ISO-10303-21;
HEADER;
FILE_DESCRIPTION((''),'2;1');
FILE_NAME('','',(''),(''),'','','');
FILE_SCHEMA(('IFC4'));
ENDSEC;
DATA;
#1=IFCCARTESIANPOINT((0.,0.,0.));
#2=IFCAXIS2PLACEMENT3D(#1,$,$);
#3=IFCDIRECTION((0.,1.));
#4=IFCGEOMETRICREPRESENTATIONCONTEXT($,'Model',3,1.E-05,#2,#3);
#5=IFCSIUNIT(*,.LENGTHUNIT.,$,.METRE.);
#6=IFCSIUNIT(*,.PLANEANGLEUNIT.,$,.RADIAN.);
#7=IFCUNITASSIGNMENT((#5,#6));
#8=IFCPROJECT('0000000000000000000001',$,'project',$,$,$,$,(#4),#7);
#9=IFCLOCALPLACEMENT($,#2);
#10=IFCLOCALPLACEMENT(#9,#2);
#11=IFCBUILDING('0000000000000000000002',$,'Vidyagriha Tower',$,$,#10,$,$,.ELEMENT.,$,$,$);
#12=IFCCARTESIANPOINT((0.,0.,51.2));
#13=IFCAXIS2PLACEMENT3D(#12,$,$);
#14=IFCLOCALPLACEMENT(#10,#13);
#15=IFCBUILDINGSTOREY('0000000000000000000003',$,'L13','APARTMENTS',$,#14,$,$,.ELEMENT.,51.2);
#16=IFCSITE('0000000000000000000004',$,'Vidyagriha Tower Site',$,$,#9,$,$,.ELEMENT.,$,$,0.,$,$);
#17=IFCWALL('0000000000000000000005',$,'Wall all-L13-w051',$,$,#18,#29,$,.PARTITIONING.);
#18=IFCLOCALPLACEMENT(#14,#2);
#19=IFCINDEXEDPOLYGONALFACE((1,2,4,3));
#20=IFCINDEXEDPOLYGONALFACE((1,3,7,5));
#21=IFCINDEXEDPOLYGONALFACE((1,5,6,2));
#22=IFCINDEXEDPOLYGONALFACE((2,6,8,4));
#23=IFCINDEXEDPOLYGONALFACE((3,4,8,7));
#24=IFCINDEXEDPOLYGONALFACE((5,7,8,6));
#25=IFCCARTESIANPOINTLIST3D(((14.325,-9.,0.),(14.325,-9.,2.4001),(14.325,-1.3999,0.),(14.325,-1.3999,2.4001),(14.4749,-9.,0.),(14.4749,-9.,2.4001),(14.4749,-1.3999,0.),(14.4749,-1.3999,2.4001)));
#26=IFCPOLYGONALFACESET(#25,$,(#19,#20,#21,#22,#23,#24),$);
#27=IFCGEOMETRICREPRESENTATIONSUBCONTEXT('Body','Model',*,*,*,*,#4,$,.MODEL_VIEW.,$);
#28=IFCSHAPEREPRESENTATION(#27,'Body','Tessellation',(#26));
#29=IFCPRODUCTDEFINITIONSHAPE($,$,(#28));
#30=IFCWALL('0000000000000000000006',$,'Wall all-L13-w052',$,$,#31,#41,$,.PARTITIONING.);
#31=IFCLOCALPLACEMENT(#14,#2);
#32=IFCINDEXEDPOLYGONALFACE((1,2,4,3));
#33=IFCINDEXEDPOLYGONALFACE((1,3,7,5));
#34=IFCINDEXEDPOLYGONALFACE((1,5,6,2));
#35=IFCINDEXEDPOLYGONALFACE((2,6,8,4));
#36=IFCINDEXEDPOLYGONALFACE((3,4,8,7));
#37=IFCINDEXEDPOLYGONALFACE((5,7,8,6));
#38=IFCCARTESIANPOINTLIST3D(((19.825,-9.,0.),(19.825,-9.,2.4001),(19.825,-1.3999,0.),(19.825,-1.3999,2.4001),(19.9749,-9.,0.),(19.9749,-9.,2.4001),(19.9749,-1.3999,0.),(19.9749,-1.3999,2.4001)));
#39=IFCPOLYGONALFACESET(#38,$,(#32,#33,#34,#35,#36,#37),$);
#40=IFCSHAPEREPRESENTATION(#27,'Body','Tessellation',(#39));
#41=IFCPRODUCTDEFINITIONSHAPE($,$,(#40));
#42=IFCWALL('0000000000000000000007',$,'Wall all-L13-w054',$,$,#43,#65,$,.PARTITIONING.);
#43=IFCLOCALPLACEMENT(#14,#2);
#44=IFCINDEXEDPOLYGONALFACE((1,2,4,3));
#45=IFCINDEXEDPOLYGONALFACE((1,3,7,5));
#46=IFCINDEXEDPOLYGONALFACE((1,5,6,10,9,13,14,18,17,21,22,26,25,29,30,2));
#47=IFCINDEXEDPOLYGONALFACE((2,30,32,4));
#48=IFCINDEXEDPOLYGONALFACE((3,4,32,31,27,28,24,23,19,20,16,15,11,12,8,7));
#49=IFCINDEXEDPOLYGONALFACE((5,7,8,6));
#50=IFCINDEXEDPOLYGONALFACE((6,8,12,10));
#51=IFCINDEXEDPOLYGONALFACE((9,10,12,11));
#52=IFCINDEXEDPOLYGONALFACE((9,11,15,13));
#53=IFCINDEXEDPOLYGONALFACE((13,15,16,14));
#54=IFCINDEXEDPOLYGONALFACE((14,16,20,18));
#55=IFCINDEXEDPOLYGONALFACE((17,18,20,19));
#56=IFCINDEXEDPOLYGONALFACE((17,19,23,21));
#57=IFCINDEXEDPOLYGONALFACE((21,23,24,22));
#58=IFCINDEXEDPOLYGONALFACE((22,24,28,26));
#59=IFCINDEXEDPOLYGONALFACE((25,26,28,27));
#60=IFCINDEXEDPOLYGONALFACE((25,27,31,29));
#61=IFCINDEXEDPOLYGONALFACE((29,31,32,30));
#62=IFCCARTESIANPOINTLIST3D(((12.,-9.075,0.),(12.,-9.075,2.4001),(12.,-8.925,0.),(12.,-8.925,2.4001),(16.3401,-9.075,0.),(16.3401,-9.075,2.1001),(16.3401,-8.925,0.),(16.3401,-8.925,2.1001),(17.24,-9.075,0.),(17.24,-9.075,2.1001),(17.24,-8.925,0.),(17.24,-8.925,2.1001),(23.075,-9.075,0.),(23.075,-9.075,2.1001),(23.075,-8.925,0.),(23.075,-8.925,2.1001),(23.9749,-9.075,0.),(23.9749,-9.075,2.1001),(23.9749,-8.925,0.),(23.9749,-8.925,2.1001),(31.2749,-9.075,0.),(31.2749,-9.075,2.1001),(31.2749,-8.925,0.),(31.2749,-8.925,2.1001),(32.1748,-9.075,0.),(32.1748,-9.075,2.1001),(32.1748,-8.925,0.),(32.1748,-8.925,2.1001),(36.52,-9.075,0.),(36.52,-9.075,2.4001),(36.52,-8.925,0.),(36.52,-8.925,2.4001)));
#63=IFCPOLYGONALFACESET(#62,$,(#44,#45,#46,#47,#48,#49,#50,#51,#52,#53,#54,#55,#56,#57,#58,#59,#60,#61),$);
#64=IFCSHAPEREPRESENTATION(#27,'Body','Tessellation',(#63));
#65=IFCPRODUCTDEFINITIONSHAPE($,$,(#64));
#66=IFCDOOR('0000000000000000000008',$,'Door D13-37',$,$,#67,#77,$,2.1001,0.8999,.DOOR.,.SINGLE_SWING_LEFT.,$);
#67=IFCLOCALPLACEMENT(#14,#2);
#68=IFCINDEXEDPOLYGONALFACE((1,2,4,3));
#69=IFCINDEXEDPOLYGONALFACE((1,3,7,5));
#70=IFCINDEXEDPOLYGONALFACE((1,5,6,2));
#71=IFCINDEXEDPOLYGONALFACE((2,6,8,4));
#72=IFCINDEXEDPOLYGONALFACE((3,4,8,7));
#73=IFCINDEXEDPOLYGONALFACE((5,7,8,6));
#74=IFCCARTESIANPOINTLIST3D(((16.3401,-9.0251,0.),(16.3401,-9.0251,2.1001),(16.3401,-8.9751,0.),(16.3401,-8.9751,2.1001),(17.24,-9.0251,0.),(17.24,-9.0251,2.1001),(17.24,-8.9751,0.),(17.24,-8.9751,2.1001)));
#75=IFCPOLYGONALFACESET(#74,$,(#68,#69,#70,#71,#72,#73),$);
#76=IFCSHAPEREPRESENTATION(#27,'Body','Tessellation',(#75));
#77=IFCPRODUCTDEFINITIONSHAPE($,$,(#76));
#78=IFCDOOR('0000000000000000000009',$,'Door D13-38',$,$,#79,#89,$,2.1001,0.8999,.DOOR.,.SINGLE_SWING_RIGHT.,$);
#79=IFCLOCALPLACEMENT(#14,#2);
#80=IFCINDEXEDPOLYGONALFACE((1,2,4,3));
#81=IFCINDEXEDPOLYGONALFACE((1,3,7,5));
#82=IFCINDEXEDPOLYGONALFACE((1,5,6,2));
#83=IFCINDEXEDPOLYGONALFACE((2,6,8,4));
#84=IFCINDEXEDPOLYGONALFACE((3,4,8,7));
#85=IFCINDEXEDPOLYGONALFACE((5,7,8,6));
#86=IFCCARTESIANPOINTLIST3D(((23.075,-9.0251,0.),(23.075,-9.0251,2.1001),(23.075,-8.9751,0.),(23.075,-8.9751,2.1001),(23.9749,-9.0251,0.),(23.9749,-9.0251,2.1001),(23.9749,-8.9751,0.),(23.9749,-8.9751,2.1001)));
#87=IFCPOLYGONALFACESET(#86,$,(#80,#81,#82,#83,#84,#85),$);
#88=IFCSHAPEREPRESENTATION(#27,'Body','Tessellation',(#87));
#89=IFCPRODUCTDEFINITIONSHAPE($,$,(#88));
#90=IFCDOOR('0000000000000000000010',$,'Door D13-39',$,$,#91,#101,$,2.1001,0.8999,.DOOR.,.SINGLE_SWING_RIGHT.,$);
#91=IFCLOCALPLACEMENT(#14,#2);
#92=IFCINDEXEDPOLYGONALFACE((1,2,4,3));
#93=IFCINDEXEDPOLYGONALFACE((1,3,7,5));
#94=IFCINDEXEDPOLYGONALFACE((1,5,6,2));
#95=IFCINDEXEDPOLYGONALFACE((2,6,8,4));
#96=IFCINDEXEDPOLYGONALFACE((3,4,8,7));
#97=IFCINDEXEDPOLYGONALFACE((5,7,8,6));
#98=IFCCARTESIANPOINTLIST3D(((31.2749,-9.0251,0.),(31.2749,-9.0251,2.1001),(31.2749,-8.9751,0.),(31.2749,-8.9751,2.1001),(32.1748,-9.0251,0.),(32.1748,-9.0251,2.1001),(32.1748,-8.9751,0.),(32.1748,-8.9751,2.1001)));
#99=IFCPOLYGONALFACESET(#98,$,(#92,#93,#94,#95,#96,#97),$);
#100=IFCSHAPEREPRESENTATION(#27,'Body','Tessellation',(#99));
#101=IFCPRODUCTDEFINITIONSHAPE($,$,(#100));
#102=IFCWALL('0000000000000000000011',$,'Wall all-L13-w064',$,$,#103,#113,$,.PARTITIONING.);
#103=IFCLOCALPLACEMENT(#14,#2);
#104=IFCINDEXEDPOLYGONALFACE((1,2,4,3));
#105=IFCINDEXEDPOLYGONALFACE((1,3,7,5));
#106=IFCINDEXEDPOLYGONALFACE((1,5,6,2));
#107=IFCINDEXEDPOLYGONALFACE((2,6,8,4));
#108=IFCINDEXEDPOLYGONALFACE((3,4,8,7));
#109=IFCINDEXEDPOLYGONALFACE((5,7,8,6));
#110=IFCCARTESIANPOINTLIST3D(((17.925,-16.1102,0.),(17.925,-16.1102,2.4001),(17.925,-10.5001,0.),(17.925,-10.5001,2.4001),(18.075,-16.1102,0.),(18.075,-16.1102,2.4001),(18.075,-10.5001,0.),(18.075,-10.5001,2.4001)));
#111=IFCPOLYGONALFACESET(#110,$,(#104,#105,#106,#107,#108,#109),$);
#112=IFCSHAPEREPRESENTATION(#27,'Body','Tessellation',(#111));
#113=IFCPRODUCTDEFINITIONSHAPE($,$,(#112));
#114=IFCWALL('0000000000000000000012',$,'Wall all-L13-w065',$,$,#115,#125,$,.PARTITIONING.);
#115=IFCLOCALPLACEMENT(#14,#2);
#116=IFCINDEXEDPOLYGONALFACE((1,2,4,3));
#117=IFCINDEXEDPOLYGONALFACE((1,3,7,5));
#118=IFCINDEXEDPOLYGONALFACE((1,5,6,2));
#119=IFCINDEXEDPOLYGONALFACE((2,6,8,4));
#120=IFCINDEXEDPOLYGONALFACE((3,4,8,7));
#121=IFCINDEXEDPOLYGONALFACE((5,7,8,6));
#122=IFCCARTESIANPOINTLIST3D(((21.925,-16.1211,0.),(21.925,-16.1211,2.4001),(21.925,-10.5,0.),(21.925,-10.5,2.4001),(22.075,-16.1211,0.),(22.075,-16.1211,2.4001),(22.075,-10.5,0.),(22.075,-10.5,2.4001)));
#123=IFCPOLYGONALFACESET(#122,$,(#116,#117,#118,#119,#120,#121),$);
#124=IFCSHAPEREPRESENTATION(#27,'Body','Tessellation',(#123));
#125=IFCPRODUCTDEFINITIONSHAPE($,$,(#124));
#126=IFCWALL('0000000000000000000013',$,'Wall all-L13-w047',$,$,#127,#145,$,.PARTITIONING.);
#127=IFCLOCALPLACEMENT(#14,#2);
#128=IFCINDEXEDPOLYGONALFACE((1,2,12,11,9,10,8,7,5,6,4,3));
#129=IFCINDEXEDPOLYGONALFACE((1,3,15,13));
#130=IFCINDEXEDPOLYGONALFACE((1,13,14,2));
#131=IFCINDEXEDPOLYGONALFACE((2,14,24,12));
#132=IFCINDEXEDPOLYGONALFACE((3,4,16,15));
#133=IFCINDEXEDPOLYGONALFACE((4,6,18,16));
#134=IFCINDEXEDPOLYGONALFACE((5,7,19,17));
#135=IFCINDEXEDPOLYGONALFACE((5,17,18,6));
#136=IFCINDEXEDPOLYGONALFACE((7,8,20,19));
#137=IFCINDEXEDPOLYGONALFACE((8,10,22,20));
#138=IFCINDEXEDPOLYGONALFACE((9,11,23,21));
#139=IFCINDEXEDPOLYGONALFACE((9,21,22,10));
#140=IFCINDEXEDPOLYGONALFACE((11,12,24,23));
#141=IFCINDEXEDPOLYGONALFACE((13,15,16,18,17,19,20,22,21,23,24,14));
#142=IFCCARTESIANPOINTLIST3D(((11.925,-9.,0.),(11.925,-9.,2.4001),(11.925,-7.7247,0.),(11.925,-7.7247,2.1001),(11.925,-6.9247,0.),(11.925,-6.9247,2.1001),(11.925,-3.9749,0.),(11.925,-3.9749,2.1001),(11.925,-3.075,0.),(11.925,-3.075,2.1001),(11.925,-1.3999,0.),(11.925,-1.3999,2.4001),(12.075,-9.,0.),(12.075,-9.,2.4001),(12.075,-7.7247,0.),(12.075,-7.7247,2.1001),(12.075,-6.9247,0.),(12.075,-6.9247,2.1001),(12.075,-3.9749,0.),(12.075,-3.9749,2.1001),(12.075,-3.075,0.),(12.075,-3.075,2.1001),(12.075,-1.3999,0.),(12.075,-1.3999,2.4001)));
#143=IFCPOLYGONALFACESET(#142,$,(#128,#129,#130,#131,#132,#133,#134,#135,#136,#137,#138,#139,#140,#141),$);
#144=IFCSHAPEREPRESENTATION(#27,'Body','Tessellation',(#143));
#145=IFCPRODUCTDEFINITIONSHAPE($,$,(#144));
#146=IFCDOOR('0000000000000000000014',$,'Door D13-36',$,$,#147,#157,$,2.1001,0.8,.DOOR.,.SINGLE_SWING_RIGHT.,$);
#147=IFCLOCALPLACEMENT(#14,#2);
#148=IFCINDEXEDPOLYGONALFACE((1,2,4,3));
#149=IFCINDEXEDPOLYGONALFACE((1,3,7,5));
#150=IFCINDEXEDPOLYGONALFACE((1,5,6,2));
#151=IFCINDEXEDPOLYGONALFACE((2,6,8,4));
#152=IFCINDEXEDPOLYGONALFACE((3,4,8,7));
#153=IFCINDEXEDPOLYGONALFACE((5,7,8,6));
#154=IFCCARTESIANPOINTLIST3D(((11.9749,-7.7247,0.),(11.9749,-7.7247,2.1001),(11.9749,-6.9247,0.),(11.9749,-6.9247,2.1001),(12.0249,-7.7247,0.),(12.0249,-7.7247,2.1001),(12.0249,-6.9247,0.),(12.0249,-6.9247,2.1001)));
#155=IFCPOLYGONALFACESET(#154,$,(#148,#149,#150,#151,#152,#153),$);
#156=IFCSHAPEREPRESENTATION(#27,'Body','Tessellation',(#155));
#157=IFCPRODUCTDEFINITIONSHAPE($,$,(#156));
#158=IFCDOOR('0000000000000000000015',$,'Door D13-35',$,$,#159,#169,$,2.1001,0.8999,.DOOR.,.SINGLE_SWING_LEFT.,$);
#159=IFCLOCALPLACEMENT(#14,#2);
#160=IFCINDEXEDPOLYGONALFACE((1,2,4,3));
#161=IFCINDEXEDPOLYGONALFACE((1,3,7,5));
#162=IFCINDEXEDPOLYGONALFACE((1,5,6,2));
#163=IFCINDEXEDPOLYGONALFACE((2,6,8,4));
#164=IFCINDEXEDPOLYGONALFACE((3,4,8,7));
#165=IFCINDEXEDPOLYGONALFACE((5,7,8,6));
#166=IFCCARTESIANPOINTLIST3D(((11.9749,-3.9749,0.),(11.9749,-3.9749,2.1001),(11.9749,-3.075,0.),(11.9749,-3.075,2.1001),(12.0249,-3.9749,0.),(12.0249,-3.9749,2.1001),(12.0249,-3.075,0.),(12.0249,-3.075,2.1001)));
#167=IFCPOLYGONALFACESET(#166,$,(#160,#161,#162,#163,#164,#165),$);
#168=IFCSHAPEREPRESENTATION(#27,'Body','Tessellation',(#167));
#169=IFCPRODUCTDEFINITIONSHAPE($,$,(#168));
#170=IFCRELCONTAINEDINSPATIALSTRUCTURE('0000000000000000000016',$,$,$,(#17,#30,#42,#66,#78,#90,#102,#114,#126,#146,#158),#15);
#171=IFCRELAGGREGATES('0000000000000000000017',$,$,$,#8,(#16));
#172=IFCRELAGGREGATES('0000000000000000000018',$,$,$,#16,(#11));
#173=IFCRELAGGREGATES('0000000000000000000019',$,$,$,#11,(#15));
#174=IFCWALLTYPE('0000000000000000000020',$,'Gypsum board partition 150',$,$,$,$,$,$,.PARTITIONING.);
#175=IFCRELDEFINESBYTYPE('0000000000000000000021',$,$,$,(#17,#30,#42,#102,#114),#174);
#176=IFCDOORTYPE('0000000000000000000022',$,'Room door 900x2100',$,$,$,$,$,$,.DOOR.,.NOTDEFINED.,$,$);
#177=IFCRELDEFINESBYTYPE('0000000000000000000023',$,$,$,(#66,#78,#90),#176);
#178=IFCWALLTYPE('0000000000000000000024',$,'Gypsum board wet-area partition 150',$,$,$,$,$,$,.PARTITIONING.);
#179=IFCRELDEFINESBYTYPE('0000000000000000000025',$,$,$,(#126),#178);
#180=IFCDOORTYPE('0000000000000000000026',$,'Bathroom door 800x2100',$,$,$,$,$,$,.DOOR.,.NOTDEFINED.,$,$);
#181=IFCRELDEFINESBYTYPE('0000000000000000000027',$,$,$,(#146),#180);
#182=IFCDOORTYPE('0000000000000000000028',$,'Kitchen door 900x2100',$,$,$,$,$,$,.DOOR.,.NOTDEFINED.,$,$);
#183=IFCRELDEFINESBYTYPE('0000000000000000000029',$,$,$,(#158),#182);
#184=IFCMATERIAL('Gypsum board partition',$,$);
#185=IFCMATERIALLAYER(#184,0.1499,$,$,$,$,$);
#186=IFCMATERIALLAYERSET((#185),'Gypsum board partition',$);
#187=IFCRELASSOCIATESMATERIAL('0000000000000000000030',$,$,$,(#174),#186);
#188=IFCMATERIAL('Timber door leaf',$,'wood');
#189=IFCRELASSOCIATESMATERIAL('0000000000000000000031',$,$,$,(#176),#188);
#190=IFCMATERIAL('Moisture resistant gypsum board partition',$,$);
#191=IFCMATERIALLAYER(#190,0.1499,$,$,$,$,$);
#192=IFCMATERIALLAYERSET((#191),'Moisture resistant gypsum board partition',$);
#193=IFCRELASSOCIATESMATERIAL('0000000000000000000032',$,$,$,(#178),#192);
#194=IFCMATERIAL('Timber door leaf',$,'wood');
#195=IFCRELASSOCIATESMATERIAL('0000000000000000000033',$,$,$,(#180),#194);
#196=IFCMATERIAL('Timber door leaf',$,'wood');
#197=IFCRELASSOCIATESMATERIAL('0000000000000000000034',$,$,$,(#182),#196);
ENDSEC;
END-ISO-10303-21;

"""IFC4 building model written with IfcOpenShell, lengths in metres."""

from ifc_helpers import new_model, si_unit, direction, frame, frame_2d, origin, place, context, subcontext, project, spatial, rectangle, extrude, material, layer, layer_set, type_object, element, fill, save


model = new_model("IFC4")

# Units and contexts
model_context = context("Model", 3, precision=1e-05, world=origin(), true_north=direction((0.0, 1.0)))
body_context = subcontext(model_context, "Body", "Model", "MODEL_VIEW")
ifc_project = project(units=[si_unit("LENGTHUNIT", "METRE"), si_unit("PLANEANGLEUNIT", "RADIAN")], contexts=[model_context])

# Site, building, storey
site_placement = place(None, origin())
site = spatial("IfcSite", under=ifc_project, at=site_placement, Name="Vidyagriha Tower Site", CompositionType="ELEMENT", RefElevation=0.0)
building_placement = place(site_placement, origin())
building = spatial("IfcBuilding", under=site, at=building_placement, Name="Vidyagriha Tower", CompositionType="ELEMENT")
storey_placement = place(building_placement, frame((0.0, 0.0, 51.2)))
storey = spatial("IfcBuildingStorey", under=building, at=storey_placement, Name="L13", Description="APARTMENTS", CompositionType="ELEMENT", Elevation=51.2)

# Walls
ifc_material_1 = material(Name="Gypsum board partition")
ifc_layer_1 = layer(ifc_material_1, 0.1499)
ifc_layer_set_1 = layer_set([ifc_layer_1], Name="Gypsum board partition")
wall_type_1 = type_object("IfcWallType", Name="Gypsum board partition 150", PredefinedType="PARTITIONING", material=ifc_layer_set_1)
for number, where, z_axis, x_axis, name in (
    (1, (14.3999, -1.3999, 0.0), (0.0, 0.0, 1.0), (0.0, -1.0, 0.0), "Wall all-L13-w051"),
    (2, (19.8999, -1.3999, 0.0), (0.0, 0.0, 1.0), (0.0, -1.0, 0.0), "Wall all-L13-w052"),
):
    element("IfcWall", number, at=place(storey_placement, frame(where, z_axis=z_axis, x_axis=x_axis)), inside=storey, type_object=wall_type_1, Name=name, PredefinedType="PARTITIONING", context=body_context, shape_type="SweptSolid", body=[
        extrude(rectangle(XDim=7.6001, YDim=0.1499, at=frame_2d((3.8, 0.0))), origin(), (0.0, 0.0, 1.0), 2.4001),
    ])

# Wall, openings, doors
wall_1_placement = place(storey_placement, frame((12.0, -9.0, 0.0)))
wall_1 = element("IfcWall", 3, at=wall_1_placement, inside=storey, type_object=wall_type_1, Name="Wall all-L13-w054", PredefinedType="PARTITIONING", context=body_context, shape_type="SweptSolid", body=[
    extrude(rectangle(XDim=24.52, YDim=0.1499, at=frame_2d((12.26, 0.0))), origin(), (0.0, 0.0, 1.0), 2.4001),
])
opening_1_placement = place(wall_1_placement, frame((4.3401, 0.0, 0.0)))
opening_1 = element("IfcOpeningElement", 4, at=opening_1_placement, cuts=wall_1, PredefinedType="OPENING", context=body_context, shape_type="SweptSolid", body=[
    extrude(rectangle(XDim=0.8999, YDim=2.1001, at=frame_2d((0.45, 1.05))), frame((0.0, 0.085, 0.0), z_axis=(0.0, -1.0, 0.0), x_axis=(1.0, 0.0, 0.0)), (0.0, 0.0, 1.0), 0.1699),
])
opening_2_placement = place(wall_1_placement, frame((11.075, 0.0, 0.0)))
opening_2 = element("IfcOpeningElement", 5, at=opening_2_placement, cuts=wall_1, PredefinedType="OPENING", context=body_context, shape_type="SweptSolid", body=[
    extrude(rectangle(XDim=0.8999, YDim=2.1001, at=frame_2d((0.45, 1.05))), frame((0.0, 0.085, 0.0), z_axis=(0.0, -1.0, 0.0), x_axis=(1.0, 0.0, 0.0)), (0.0, 0.0, 1.0), 0.1699),
])
opening_3_placement = place(wall_1_placement, frame((19.2749, 0.0, 0.0)))
opening_3 = element("IfcOpeningElement", 6, at=opening_3_placement, cuts=wall_1, PredefinedType="OPENING", context=body_context, shape_type="SweptSolid", body=[
    extrude(rectangle(XDim=0.8999, YDim=2.1001, at=frame_2d((0.45, 1.05))), frame((0.0, 0.085, 0.0), z_axis=(0.0, -1.0, 0.0), x_axis=(1.0, 0.0, 0.0)), (0.0, 0.0, 1.0), 0.1699),
])
ifc_material_2 = material(Name="Timber door leaf", Category="wood")
door_type_1 = type_object("IfcDoorType", Name="Room door 900x2100", OperationType="NOTDEFINED", PredefinedType="DOOR", material=ifc_material_2)
door_1_placement = place(opening_1_placement, origin())
door_1 = element("IfcDoor", 7, at=door_1_placement, inside=storey, type_object=door_type_1, Name="Door D13-37", OperationType="SINGLE_SWING_LEFT", OverallHeight=2.1001, OverallWidth=0.8999, PredefinedType="DOOR", context=body_context, shape_type="SweptSolid", body=[
    extrude(rectangle(XDim=0.8999, YDim=2.1001, at=frame_2d((0.45, 1.05))), frame((0.0, 0.0249, 0.0), z_axis=(0.0, -1.0, 0.0), x_axis=(1.0, 0.0, 0.0)), (0.0, 0.0, 1.0), 0.05),
])
fill(opening_1, door_1)
door_2_placement = place(opening_2_placement, origin())
door_2 = element("IfcDoor", 8, at=door_2_placement, inside=storey, type_object=door_type_1, Name="Door D13-38", OperationType="SINGLE_SWING_RIGHT", OverallHeight=2.1001, OverallWidth=0.8999, PredefinedType="DOOR", context=body_context, shape_type="SweptSolid", body=[
    extrude(rectangle(XDim=0.8999, YDim=2.1001, at=frame_2d((0.45, 1.05))), frame((0.0, 0.0249, 0.0), z_axis=(0.0, -1.0, 0.0), x_axis=(1.0, 0.0, 0.0)), (0.0, 0.0, 1.0), 0.05),
])
fill(opening_2, door_2)
door_3_placement = place(opening_3_placement, origin())
door_3 = element("IfcDoor", 9, at=door_3_placement, inside=storey, type_object=door_type_1, Name="Door D13-39", OperationType="SINGLE_SWING_RIGHT", OverallHeight=2.1001, OverallWidth=0.8999, PredefinedType="DOOR", context=body_context, shape_type="SweptSolid", body=[
    extrude(rectangle(XDim=0.8999, YDim=2.1001, at=frame_2d((0.45, 1.05))), frame((0.0, 0.0249, 0.0), z_axis=(0.0, -1.0, 0.0), x_axis=(1.0, 0.0, 0.0)), (0.0, 0.0, 1.0), 0.05),
])
fill(opening_3, door_3)

# Walls
wall_2_placement = place(storey_placement, frame((18.0, -10.5, 0.0), z_axis=(0.0, 0.0, 1.0), x_axis=(0.0, -1.0, 0.0)))
element("IfcWall", 10, at=wall_2_placement, inside=storey, type_object=wall_type_1, Name="Wall all-L13-w064", PredefinedType="PARTITIONING", context=body_context, shape_type="SweptSolid", body=[
    extrude(rectangle(XDim=5.6101, YDim=0.1499, at=frame_2d((2.8052, 0.0))), origin(), (0.0, 0.0, 1.0), 2.4001),
])
wall_3_placement = place(storey_placement, frame((22.0, -10.5, 0.0), z_axis=(0.0, 0.0, 1.0), x_axis=(0.0, -1.0, 0.0)))
element("IfcWall", 11, at=wall_3_placement, inside=storey, type_object=wall_type_1, Name="Wall all-L13-w065", PredefinedType="PARTITIONING", context=body_context, shape_type="SweptSolid", body=[
    extrude(rectangle(XDim=5.6211, YDim=0.1499, at=frame_2d((2.8105, 0.0))), origin(), (0.0, 0.0, 1.0), 2.4001),
])

# Wall, openings, doors
ifc_material_3 = material(Name="Moisture resistant gypsum board partition")
ifc_layer_2 = layer(ifc_material_3, 0.1499)
ifc_layer_set_2 = layer_set([ifc_layer_2], Name="Moisture resistant gypsum board partition")
wall_type_2 = type_object("IfcWallType", Name="Gypsum board wet-area partition 150", PredefinedType="PARTITIONING", material=ifc_layer_set_2)
wall_4_placement = place(storey_placement, frame((12.0, -1.3999, 0.0), z_axis=(0.0, 0.0, 1.0), x_axis=(0.0, -1.0, 0.0)))
wall_4 = element("IfcWall", 12, at=wall_4_placement, inside=storey, type_object=wall_type_2, Name="Wall all-L13-w047", PredefinedType="PARTITIONING", context=body_context, shape_type="SweptSolid", body=[
    extrude(rectangle(XDim=7.6001, YDim=0.1499, at=frame_2d((3.8, 0.0))), origin(), (0.0, 0.0, 1.0), 2.4001),
])
opening_4_placement = place(wall_4_placement, frame((1.675, 0.0, 0.0)))
opening_4 = element("IfcOpeningElement", 13, at=opening_4_placement, cuts=wall_4, PredefinedType="OPENING", context=body_context, shape_type="SweptSolid", body=[
    extrude(rectangle(XDim=0.8999, YDim=2.1001, at=frame_2d((0.45, 1.05))), frame((0.0, 0.085, 0.0), z_axis=(0.0, -1.0, 0.0), x_axis=(1.0, 0.0, 0.0)), (0.0, 0.0, 1.0), 0.1699),
])
opening_5_placement = place(wall_4_placement, frame((5.5249, 0.0, 0.0)))
opening_5 = element("IfcOpeningElement", 14, at=opening_5_placement, cuts=wall_4, PredefinedType="OPENING", context=body_context, shape_type="SweptSolid", body=[
    extrude(rectangle(XDim=0.8, YDim=2.1001, at=frame_2d((0.3999, 1.05))), frame((0.0, 0.085, 0.0), z_axis=(0.0, -1.0, 0.0), x_axis=(1.0, 0.0, 0.0)), (0.0, 0.0, 1.0), 0.1699),
])
ifc_material_4 = material(Name="Timber door leaf", Category="wood")
door_type_2 = type_object("IfcDoorType", Name="Bathroom door 800x2100", OperationType="NOTDEFINED", PredefinedType="DOOR", material=ifc_material_4)
door_4_placement = place(opening_5_placement, origin())
door_4 = element("IfcDoor", 15, at=door_4_placement, inside=storey, type_object=door_type_2, Name="Door D13-36", OperationType="SINGLE_SWING_RIGHT", OverallHeight=2.1001, OverallWidth=0.8, PredefinedType="DOOR", context=body_context, shape_type="SweptSolid", body=[
    extrude(rectangle(XDim=0.8, YDim=2.1001, at=frame_2d((0.3999, 1.05))), frame((0.0, 0.0249, 0.0), z_axis=(0.0, -1.0, 0.0), x_axis=(1.0, 0.0, 0.0)), (0.0, 0.0, 1.0), 0.05),
])
fill(opening_5, door_4)
ifc_material_5 = material(Name="Timber door leaf", Category="wood")
door_type_3 = type_object("IfcDoorType", Name="Kitchen door 900x2100", OperationType="NOTDEFINED", PredefinedType="DOOR", material=ifc_material_5)
door_5_placement = place(opening_4_placement, origin())
door_5 = element("IfcDoor", 16, at=door_5_placement, inside=storey, type_object=door_type_3, Name="Door D13-35", OperationType="SINGLE_SWING_LEFT", OverallHeight=2.1001, OverallWidth=0.8999, PredefinedType="DOOR", context=body_context, shape_type="SweptSolid", body=[
    extrude(rectangle(XDim=0.8999, YDim=2.1001, at=frame_2d((0.45, 1.05))), frame((0.0, 0.0249, 0.0), z_axis=(0.0, -1.0, 0.0), x_axis=(1.0, 0.0, 0.0)), (0.0, 0.0, 1.0), 0.05),
])
fill(opening_4, door_5)

save(model, "model.ifc")
